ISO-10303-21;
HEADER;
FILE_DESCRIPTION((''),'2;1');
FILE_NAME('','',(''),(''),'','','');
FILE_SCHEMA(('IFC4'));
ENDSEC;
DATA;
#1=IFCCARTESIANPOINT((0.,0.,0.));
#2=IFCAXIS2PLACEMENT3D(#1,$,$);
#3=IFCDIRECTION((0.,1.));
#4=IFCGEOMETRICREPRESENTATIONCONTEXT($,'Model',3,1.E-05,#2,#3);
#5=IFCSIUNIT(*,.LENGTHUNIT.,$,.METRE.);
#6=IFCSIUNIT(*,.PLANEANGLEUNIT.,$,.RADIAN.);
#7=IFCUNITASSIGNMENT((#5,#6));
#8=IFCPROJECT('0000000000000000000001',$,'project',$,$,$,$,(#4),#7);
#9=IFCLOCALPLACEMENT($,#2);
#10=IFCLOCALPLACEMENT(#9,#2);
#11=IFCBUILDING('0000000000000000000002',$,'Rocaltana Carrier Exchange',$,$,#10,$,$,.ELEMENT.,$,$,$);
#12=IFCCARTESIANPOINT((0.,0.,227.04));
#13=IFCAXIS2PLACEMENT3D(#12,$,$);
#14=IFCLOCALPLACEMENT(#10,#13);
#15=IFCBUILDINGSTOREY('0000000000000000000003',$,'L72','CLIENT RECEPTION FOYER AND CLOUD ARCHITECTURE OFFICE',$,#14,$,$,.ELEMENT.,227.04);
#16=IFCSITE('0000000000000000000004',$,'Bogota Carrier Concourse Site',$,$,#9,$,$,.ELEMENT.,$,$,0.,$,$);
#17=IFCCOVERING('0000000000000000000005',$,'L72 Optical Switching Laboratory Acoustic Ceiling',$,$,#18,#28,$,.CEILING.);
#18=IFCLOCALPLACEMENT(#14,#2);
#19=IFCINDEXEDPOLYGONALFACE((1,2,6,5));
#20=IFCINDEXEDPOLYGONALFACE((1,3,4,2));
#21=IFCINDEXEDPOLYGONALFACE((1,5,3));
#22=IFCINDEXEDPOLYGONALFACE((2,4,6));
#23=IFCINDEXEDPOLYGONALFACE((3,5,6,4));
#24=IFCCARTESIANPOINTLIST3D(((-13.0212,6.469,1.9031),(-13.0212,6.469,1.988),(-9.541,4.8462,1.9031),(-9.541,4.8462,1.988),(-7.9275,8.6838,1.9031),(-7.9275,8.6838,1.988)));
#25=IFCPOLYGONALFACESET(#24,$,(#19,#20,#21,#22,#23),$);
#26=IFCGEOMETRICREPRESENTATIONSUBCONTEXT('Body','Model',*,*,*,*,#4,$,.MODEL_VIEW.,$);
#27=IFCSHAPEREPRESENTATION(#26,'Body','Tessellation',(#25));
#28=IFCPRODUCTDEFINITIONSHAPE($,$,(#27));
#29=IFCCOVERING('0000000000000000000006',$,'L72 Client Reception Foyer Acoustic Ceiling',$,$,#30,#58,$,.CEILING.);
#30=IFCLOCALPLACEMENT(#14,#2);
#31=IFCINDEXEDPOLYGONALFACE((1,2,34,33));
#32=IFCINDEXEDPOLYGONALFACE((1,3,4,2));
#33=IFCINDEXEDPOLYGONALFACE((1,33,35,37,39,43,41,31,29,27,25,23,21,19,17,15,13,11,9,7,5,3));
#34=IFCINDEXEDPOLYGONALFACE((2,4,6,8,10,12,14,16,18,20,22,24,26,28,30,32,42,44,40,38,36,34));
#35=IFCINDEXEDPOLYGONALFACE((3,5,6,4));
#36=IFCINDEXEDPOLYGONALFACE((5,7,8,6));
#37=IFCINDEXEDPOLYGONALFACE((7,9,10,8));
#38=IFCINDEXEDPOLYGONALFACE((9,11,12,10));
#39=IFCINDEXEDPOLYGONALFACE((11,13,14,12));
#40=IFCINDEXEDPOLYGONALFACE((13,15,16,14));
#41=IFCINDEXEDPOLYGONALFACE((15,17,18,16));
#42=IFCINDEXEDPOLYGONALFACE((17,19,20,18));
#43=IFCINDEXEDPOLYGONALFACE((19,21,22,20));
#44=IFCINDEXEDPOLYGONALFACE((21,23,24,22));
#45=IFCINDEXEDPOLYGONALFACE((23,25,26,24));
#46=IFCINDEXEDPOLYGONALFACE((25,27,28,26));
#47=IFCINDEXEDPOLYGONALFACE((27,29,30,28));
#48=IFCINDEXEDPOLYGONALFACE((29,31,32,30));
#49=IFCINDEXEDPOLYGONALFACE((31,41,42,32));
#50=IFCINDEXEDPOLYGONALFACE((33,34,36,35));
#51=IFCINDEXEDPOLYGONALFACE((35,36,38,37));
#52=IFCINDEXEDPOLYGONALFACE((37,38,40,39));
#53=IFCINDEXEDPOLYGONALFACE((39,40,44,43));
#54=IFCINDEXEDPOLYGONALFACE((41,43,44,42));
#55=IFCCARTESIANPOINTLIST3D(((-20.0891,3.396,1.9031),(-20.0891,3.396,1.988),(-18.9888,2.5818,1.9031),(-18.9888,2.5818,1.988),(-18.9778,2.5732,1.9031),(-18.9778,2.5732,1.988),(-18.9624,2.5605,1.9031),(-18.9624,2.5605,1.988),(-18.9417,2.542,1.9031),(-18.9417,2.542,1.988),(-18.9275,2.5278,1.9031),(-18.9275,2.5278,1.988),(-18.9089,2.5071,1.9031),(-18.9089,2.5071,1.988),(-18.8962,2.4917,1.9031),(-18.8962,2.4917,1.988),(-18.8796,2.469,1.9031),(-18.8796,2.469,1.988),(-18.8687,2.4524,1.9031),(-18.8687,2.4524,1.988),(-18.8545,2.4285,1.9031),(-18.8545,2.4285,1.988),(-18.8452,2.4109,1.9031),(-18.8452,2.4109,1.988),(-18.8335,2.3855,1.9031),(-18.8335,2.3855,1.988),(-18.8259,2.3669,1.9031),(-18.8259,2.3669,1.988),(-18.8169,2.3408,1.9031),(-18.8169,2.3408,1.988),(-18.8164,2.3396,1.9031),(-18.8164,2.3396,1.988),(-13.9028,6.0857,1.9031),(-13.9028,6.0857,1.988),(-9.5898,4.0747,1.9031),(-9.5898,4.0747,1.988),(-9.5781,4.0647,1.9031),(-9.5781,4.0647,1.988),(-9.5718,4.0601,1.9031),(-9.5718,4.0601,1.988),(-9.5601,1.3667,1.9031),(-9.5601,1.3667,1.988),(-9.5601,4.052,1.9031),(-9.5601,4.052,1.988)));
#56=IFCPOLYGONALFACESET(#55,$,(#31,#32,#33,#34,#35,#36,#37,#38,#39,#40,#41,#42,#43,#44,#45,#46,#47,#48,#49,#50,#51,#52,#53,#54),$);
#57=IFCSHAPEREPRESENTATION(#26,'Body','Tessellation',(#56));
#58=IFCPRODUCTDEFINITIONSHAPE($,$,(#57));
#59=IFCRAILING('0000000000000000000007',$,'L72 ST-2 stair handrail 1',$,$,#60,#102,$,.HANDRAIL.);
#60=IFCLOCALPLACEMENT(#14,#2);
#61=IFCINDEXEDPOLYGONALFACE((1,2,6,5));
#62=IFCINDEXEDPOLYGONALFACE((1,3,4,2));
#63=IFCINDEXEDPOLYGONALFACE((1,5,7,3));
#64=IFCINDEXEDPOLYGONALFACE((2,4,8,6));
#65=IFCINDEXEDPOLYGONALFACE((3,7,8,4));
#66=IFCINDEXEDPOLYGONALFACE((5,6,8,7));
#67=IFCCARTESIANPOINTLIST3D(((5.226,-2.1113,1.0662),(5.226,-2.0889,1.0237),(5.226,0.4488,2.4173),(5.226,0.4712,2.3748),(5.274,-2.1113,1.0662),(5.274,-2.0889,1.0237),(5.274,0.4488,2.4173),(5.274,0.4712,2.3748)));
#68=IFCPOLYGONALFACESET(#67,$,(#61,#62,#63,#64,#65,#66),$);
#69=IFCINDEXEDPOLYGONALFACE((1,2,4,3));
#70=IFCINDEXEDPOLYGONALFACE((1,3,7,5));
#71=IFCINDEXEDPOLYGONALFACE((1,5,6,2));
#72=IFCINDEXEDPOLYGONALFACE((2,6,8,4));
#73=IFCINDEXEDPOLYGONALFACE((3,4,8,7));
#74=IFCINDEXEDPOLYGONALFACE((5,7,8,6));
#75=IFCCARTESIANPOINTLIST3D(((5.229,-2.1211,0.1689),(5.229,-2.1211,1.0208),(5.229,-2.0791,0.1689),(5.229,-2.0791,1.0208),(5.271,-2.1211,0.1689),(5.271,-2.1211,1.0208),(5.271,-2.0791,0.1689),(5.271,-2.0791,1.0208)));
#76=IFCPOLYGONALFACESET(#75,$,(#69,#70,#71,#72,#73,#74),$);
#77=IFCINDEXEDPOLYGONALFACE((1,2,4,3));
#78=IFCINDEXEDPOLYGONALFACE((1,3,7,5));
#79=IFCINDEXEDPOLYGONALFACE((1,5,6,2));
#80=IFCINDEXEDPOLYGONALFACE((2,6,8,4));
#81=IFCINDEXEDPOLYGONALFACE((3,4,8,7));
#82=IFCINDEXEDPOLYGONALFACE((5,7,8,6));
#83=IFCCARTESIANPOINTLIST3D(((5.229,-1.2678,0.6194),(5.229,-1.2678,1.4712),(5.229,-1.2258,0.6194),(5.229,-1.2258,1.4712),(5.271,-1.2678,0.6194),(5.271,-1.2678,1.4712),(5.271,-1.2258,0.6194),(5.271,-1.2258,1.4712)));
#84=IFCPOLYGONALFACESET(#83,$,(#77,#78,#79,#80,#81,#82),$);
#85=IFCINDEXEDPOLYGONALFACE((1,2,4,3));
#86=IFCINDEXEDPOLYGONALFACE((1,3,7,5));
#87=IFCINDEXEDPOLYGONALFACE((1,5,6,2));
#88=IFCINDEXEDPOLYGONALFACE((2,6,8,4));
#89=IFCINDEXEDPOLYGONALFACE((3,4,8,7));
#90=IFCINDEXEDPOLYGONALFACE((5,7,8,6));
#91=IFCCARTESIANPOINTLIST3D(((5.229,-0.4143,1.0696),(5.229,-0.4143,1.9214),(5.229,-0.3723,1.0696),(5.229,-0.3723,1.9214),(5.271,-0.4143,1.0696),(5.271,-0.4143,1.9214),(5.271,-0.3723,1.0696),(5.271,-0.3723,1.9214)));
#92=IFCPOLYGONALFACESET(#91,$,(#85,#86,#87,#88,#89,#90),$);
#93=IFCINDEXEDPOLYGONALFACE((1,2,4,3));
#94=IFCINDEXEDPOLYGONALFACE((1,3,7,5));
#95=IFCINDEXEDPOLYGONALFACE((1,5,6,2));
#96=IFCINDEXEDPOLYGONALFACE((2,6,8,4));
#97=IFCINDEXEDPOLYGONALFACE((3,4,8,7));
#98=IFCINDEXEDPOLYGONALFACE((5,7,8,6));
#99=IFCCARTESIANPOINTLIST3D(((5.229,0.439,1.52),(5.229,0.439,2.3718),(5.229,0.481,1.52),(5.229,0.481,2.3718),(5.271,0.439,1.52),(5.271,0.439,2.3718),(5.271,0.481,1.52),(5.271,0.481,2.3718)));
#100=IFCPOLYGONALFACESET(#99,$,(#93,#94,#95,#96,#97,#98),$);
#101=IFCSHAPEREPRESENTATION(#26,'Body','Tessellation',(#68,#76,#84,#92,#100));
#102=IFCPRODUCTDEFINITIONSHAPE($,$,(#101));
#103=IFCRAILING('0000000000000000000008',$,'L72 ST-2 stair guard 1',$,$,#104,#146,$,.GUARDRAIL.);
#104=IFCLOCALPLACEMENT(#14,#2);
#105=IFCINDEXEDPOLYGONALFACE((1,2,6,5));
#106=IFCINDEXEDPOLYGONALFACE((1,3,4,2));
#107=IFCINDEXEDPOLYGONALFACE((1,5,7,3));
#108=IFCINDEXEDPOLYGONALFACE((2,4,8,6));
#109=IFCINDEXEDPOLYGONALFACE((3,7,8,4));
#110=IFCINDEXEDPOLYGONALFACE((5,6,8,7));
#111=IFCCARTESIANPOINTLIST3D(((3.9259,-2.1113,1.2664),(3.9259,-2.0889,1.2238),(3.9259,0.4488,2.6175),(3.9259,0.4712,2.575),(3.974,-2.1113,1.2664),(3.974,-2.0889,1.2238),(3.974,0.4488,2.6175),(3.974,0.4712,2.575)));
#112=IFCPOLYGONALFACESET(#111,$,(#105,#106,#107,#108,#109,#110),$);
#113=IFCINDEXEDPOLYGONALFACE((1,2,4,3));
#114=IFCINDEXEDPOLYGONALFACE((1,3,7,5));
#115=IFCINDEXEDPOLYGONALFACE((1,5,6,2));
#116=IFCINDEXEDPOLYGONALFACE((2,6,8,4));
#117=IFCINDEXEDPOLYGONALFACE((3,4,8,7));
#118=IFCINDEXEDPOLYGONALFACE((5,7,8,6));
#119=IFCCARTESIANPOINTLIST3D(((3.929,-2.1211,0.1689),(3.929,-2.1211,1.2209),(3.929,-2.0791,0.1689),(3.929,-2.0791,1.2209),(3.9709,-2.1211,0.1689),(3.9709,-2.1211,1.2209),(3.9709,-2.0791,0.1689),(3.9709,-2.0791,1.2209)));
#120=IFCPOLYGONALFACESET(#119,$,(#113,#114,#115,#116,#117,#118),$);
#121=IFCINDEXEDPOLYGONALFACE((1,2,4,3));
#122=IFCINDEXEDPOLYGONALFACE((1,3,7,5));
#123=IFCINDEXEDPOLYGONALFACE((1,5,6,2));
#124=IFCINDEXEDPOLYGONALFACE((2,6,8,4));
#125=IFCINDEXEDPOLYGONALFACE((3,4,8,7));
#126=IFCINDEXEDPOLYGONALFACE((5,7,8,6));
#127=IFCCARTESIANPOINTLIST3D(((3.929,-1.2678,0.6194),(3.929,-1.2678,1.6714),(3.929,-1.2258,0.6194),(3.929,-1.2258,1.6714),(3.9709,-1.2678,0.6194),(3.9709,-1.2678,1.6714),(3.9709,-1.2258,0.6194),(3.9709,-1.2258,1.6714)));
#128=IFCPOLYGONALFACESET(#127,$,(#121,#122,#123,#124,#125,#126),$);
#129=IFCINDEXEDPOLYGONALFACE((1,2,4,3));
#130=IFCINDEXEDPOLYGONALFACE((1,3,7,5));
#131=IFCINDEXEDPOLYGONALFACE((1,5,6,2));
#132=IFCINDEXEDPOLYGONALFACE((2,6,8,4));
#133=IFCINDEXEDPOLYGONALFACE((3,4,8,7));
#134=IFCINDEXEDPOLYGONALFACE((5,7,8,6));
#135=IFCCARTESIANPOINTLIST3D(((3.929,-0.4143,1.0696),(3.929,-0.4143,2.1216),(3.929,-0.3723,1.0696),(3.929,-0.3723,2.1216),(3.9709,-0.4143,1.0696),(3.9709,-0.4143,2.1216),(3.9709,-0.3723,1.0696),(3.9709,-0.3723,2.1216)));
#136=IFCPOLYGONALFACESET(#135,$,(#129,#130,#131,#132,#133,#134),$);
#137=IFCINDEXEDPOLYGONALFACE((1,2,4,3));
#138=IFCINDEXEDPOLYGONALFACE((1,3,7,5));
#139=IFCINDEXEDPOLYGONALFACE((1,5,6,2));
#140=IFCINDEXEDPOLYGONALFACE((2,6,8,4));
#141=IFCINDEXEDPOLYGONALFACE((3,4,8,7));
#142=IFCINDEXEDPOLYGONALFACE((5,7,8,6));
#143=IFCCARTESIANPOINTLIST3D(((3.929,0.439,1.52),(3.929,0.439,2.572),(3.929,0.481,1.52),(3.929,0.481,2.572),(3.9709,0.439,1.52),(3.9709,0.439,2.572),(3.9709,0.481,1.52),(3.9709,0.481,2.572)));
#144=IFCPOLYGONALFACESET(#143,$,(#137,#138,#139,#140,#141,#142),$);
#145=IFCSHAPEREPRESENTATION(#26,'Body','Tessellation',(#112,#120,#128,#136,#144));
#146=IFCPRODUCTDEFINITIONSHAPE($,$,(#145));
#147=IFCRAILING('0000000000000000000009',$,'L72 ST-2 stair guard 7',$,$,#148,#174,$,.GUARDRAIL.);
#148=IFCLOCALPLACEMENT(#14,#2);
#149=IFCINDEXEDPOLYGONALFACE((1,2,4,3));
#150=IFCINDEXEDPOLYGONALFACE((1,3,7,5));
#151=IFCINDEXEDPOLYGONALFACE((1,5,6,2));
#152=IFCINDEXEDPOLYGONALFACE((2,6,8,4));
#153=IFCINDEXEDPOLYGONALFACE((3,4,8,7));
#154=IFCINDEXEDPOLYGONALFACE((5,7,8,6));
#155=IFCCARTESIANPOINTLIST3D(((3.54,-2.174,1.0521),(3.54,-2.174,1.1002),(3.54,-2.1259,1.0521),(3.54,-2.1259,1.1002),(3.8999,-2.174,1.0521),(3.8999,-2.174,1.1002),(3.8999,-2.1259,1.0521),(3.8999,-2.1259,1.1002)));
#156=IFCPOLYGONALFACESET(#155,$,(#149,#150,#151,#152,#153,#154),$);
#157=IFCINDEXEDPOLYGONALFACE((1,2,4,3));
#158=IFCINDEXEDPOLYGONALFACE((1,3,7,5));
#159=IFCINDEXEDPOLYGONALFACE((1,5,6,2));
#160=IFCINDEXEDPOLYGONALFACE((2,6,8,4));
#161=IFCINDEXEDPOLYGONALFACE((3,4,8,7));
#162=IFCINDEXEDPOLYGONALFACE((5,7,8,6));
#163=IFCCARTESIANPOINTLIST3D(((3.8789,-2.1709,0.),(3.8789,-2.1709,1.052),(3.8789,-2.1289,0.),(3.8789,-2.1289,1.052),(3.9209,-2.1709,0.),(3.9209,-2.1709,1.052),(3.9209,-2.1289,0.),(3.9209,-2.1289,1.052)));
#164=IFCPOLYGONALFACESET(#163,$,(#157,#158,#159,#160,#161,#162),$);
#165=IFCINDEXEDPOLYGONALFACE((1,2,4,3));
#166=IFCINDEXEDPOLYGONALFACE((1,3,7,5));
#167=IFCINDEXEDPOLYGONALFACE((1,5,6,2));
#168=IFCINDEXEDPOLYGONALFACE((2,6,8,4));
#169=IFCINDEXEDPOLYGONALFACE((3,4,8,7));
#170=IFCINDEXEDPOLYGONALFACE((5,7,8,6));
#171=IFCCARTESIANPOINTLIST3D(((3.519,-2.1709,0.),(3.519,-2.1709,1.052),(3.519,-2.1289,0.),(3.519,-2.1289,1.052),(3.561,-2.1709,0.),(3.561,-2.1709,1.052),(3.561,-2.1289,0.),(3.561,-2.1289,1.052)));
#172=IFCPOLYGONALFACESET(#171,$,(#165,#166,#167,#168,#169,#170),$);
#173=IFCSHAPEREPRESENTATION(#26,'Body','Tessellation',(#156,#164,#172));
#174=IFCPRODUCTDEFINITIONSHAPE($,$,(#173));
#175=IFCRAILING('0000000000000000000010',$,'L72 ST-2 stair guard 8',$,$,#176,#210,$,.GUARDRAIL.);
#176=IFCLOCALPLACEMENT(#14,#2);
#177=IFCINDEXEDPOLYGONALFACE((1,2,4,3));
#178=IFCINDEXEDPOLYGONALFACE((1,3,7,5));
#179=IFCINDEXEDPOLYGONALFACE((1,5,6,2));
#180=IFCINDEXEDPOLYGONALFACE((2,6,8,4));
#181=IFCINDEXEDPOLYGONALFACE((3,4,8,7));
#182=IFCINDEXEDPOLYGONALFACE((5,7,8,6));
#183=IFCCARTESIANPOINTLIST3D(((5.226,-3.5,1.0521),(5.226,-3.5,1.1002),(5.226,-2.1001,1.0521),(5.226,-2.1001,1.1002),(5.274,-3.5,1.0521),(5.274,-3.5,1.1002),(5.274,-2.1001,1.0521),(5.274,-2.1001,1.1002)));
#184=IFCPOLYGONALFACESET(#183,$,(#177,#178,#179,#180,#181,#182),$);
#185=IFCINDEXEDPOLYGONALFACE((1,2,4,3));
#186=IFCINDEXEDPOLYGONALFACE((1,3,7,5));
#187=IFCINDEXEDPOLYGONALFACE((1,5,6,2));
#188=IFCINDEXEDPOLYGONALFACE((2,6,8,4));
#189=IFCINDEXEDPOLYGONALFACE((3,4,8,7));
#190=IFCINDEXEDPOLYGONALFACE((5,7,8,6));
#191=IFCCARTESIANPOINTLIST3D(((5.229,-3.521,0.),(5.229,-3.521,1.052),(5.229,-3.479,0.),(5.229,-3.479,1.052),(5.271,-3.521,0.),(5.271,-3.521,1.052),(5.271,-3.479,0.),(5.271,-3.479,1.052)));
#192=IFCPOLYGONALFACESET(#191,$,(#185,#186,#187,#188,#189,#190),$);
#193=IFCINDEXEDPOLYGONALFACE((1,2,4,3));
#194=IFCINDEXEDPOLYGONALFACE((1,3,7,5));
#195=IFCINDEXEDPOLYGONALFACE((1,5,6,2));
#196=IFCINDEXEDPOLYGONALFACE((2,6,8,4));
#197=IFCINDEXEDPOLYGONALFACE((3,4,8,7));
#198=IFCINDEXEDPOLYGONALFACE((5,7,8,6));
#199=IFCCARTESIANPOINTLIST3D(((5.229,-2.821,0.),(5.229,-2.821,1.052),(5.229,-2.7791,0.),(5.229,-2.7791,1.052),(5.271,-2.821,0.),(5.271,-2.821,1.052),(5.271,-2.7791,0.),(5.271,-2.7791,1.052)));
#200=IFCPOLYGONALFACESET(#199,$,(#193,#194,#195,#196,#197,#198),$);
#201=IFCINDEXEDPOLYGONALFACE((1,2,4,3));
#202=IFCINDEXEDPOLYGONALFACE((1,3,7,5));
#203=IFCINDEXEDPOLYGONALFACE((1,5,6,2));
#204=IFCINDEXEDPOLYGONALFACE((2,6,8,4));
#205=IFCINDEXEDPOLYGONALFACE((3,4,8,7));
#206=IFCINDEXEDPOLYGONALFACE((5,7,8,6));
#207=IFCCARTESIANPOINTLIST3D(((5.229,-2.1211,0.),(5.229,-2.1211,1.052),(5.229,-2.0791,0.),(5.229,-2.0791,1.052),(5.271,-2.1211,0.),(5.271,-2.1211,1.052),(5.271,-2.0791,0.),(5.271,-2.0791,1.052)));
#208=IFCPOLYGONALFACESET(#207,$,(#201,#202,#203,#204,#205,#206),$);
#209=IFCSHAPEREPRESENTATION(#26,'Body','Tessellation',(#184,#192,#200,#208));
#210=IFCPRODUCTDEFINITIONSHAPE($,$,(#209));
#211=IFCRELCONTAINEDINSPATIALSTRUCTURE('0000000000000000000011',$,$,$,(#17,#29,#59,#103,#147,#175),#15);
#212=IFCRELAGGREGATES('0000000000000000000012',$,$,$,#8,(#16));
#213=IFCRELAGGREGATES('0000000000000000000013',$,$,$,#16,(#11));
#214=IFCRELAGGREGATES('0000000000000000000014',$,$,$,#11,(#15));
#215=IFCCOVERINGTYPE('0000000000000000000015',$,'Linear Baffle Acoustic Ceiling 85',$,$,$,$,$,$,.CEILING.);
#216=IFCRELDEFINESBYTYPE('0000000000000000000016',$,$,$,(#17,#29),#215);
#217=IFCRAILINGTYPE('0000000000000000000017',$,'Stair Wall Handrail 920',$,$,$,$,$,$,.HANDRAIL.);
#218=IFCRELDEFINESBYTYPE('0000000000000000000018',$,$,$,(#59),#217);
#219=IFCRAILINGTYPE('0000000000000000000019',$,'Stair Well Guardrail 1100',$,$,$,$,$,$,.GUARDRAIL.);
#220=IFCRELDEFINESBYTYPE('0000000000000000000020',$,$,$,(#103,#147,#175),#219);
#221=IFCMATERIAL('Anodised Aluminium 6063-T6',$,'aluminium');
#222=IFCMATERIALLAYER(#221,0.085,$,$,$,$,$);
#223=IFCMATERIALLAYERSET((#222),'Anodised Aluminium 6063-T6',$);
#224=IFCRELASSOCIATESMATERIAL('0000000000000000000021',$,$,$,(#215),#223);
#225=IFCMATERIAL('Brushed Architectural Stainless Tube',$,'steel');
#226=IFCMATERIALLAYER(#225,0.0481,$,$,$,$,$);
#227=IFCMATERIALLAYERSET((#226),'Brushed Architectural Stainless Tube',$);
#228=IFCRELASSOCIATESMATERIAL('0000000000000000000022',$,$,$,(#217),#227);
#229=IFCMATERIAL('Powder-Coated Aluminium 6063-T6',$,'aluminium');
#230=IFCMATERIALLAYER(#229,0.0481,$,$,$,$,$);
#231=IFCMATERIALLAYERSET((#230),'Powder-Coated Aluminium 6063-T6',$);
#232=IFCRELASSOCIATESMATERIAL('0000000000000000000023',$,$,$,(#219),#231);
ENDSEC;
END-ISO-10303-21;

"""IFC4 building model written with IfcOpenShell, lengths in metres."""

from ifc_helpers import new_model, si_unit, direction, frame, origin, origin_2d, place, context, subcontext, project, spatial, polyline, rectangle, outline, extrude, material, layer, layer_set, type_object, element, save


model = new_model("IFC4")

# Units and contexts
model_context = context("Model", 3, precision=1e-05, world=origin(), true_north=direction((0.0, 1.0)))
body_context = subcontext(model_context, "Body", "Model", "MODEL_VIEW")
ifc_project = project(units=[si_unit("LENGTHUNIT", "METRE"), si_unit("PLANEANGLEUNIT", "RADIAN")], contexts=[model_context])

# Site, building, storey
site_placement = place(None, origin())
site = spatial("IfcSite", under=ifc_project, at=site_placement, Name="Bogota Carrier Concourse Site", CompositionType="ELEMENT", RefElevation=0.0)
building_placement = place(site_placement, origin())
building = spatial("IfcBuilding", under=site, at=building_placement, Name="Rocaltana Carrier Exchange", CompositionType="ELEMENT")
storey_placement = place(building_placement, frame((0.0, 0.0, 227.04)))
storey = spatial("IfcBuildingStorey", under=building, at=storey_placement, Name="L72", Description="CLIENT RECEPTION FOYER AND CLOUD ARCHITECTURE OFFICE", CompositionType="ELEMENT", Elevation=227.04)

# Coverings
ifc_material_1 = material(Name="Anodised Aluminium 6063-T6", Category="aluminium")
ifc_layer_1 = layer(ifc_material_1, 0.085)
ifc_layer_set_1 = layer_set([ifc_layer_1], Name="Anodised Aluminium 6063-T6")
covering_type_1 = type_object("IfcCoveringType", Name="Linear Baffle Acoustic Ceiling 85", PredefinedType="CEILING", material=ifc_layer_set_1)
covering_1_placement = place(storey_placement, frame((0.0, 0.0, 1.9031)))
element("IfcCovering", 1, at=covering_1_placement, inside=storey, type_object=covering_type_1, Name="L72 Optical Switching Laboratory Acoustic Ceiling", PredefinedType="CEILING", context=body_context, shape_type="SweptSolid", body=[
    extrude(outline(polyline([(-7.9275, 8.6838), (-9.541, 4.8462), (-13.0212, 6.469), (-7.9275, 8.6838)])), origin(), (0.0, 0.0, 1.0), 0.085),
])
covering_2_placement = place(storey_placement, frame((0.0, 0.0, 1.9031)))
element("IfcCovering", 2, at=covering_2_placement, inside=storey, type_object=covering_type_1, Name="L72 Client Reception Foyer Acoustic Ceiling", PredefinedType="CEILING", context=body_context, shape_type="SweptSolid", body=[
    extrude(outline(polyline([(-18.8164, 2.3396), (-18.8169, 2.3408), (-18.8259, 2.3669), (-18.8335, 2.3855), (-18.8452, 2.4109), (-18.8545, 2.4285), (-18.8687, 2.4524), (-18.8796, 2.469), (-18.8962, 2.4917), (-18.9089, 2.5071), (-18.9275, 2.5278), (-18.9417, 2.542), (-18.9624, 2.5605), (-18.9778, 2.5732), (-18.9888, 2.5818), (-20.0891, 3.396), (-13.9028, 6.0857), (-9.5898, 4.0747), (-9.5781, 4.0647), (-9.5718, 4.0601), (-9.5601, 4.052), (-9.5601, 1.3667), (-18.8164, 2.3396)])), origin(), (0.0, 0.0, 1.0), 0.085),
])

# Railings
ifc_material_2 = material(Name="Brushed Architectural Stainless Tube", Category="steel")
ifc_layer_2 = layer(ifc_material_2, 0.0481)
ifc_layer_set_2 = layer_set([ifc_layer_2], Name="Brushed Architectural Stainless Tube")
railing_type_1 = type_object("IfcRailingType", Name="Stair Wall Handrail 920", PredefinedType="HANDRAIL", material=ifc_layer_set_2)
railing_1_placement = place(storey_placement, frame((5.25, -2.1001, 0.1689)))
element("IfcRailing", 3, at=railing_1_placement, inside=storey, type_object=railing_type_1, Name="L72 ST-2 stair handrail 1", PredefinedType="HANDRAIL", context=body_context, shape_type="SweptSolid", body=[
    extrude(rectangle(XDim=0.0481, YDim=0.0481, at=origin_2d()), frame((0.0, 0.0, 0.876), z_axis=(0.0, 0.884394, 0.46674), x_axis=(-1.0, 0.0, 0.0)), (0.0, 0.0, 1.0), 2.8948),
    extrude(rectangle(XDim=0.042, YDim=0.042, at=origin_2d()), origin(), (0.0, 0.0, 1.0), 0.8518),
    extrude(rectangle(XDim=0.042, YDim=0.042, at=origin_2d()), frame((0.0, 0.8533, 0.4504)), (0.0, 0.0, 1.0), 0.8518),
    extrude(rectangle(XDim=0.042, YDim=0.042, at=origin_2d()), frame((0.0, 1.7068, 0.9006)), (0.0, 0.0, 1.0), 0.8518),
    extrude(rectangle(XDim=0.042, YDim=0.042, at=origin_2d()), frame((0.0, 2.5601, 1.3511)), (0.0, 0.0, 1.0), 0.8518),
])
ifc_material_3 = material(Name="Powder-Coated Aluminium 6063-T6", Category="aluminium")
ifc_layer_3 = layer(ifc_material_3, 0.0481)
ifc_layer_set_3 = layer_set([ifc_layer_3], Name="Powder-Coated Aluminium 6063-T6")
railing_type_2 = type_object("IfcRailingType", Name="Stair Well Guardrail 1100", PredefinedType="GUARDRAIL", material=ifc_layer_set_3)
railing_2_placement = place(storey_placement, frame((3.95, -2.1001, 0.1689)))
element("IfcRailing", 4, at=railing_2_placement, inside=storey, type_object=railing_type_2, Name="L72 ST-2 stair guard 1", PredefinedType="GUARDRAIL", context=body_context, shape_type="SweptSolid", body=[
    extrude(rectangle(XDim=0.0481, YDim=0.0481, at=origin_2d()), frame((0.0, 0.0, 1.0762), z_axis=(0.0, 0.884394, 0.46674), x_axis=(-1.0, 0.0, 0.0)), (0.0, 0.0, 1.0), 2.8948),
    extrude(rectangle(XDim=0.042, YDim=0.042, at=origin_2d()), origin(), (0.0, 0.0, 1.0), 1.052),
    extrude(rectangle(XDim=0.042, YDim=0.042, at=origin_2d()), frame((0.0, 0.8533, 0.4504)), (0.0, 0.0, 1.0), 1.052),
    extrude(rectangle(XDim=0.042, YDim=0.042, at=origin_2d()), frame((0.0, 1.7068, 0.9006)), (0.0, 0.0, 1.0), 1.052),
    extrude(rectangle(XDim=0.042, YDim=0.042, at=origin_2d()), frame((0.0, 2.5601, 1.3511)), (0.0, 0.0, 1.0), 1.052),
])
railing_3_placement = place(storey_placement, frame((3.8999, -2.1499, 0.0)))
element("IfcRailing", 5, at=railing_3_placement, inside=storey, type_object=railing_type_2, Name="L72 ST-2 stair guard 7", PredefinedType="GUARDRAIL", context=body_context, shape_type="SweptSolid", body=[
    extrude(rectangle(XDim=0.0481, YDim=0.0481, at=origin_2d()), frame((0.0, 0.0, 1.0762), z_axis=(-1.0, 0.0, 0.0), x_axis=(0.0, -1.0, 0.0)), (0.0, 0.0, 1.0), 0.3599),
    extrude(rectangle(XDim=0.042, YDim=0.042, at=origin_2d()), origin(), (0.0, 0.0, 1.0), 1.052),
    extrude(rectangle(XDim=0.042, YDim=0.042, at=origin_2d()), frame((-0.3599, 0.0, 0.0)), (0.0, 0.0, 1.0), 1.052),
])
for number, where, name in (
    (6, (5.25, -3.5, 0.0), "L72 ST-2 stair guard 8"),
):
    element("IfcRailing", number, at=place(storey_placement, frame(where)), inside=storey, type_object=railing_type_2, Name=name, PredefinedType="GUARDRAIL", context=body_context, shape_type="SweptSolid", body=[
        extrude(rectangle(XDim=0.0481, YDim=0.0481, at=origin_2d()), frame((0.0, 0.0, 1.0762), z_axis=(0.0, 1.0, 0.0), x_axis=(-1.0, 0.0, 0.0)), (0.0, 0.0, 1.0), 1.3999),
        extrude(rectangle(XDim=0.042, YDim=0.042, at=origin_2d()), origin(), (0.0, 0.0, 1.0), 1.052),
        extrude(rectangle(XDim=0.042, YDim=0.042, at=origin_2d()), frame((0.0, 0.7, 0.0)), (0.0, 0.0, 1.0), 1.052),
        extrude(rectangle(XDim=0.042, YDim=0.042, at=origin_2d()), frame((0.0, 1.3999, 0.0)), (0.0, 0.0, 1.0), 1.052),
    ])

save(model, "model.ifc")
